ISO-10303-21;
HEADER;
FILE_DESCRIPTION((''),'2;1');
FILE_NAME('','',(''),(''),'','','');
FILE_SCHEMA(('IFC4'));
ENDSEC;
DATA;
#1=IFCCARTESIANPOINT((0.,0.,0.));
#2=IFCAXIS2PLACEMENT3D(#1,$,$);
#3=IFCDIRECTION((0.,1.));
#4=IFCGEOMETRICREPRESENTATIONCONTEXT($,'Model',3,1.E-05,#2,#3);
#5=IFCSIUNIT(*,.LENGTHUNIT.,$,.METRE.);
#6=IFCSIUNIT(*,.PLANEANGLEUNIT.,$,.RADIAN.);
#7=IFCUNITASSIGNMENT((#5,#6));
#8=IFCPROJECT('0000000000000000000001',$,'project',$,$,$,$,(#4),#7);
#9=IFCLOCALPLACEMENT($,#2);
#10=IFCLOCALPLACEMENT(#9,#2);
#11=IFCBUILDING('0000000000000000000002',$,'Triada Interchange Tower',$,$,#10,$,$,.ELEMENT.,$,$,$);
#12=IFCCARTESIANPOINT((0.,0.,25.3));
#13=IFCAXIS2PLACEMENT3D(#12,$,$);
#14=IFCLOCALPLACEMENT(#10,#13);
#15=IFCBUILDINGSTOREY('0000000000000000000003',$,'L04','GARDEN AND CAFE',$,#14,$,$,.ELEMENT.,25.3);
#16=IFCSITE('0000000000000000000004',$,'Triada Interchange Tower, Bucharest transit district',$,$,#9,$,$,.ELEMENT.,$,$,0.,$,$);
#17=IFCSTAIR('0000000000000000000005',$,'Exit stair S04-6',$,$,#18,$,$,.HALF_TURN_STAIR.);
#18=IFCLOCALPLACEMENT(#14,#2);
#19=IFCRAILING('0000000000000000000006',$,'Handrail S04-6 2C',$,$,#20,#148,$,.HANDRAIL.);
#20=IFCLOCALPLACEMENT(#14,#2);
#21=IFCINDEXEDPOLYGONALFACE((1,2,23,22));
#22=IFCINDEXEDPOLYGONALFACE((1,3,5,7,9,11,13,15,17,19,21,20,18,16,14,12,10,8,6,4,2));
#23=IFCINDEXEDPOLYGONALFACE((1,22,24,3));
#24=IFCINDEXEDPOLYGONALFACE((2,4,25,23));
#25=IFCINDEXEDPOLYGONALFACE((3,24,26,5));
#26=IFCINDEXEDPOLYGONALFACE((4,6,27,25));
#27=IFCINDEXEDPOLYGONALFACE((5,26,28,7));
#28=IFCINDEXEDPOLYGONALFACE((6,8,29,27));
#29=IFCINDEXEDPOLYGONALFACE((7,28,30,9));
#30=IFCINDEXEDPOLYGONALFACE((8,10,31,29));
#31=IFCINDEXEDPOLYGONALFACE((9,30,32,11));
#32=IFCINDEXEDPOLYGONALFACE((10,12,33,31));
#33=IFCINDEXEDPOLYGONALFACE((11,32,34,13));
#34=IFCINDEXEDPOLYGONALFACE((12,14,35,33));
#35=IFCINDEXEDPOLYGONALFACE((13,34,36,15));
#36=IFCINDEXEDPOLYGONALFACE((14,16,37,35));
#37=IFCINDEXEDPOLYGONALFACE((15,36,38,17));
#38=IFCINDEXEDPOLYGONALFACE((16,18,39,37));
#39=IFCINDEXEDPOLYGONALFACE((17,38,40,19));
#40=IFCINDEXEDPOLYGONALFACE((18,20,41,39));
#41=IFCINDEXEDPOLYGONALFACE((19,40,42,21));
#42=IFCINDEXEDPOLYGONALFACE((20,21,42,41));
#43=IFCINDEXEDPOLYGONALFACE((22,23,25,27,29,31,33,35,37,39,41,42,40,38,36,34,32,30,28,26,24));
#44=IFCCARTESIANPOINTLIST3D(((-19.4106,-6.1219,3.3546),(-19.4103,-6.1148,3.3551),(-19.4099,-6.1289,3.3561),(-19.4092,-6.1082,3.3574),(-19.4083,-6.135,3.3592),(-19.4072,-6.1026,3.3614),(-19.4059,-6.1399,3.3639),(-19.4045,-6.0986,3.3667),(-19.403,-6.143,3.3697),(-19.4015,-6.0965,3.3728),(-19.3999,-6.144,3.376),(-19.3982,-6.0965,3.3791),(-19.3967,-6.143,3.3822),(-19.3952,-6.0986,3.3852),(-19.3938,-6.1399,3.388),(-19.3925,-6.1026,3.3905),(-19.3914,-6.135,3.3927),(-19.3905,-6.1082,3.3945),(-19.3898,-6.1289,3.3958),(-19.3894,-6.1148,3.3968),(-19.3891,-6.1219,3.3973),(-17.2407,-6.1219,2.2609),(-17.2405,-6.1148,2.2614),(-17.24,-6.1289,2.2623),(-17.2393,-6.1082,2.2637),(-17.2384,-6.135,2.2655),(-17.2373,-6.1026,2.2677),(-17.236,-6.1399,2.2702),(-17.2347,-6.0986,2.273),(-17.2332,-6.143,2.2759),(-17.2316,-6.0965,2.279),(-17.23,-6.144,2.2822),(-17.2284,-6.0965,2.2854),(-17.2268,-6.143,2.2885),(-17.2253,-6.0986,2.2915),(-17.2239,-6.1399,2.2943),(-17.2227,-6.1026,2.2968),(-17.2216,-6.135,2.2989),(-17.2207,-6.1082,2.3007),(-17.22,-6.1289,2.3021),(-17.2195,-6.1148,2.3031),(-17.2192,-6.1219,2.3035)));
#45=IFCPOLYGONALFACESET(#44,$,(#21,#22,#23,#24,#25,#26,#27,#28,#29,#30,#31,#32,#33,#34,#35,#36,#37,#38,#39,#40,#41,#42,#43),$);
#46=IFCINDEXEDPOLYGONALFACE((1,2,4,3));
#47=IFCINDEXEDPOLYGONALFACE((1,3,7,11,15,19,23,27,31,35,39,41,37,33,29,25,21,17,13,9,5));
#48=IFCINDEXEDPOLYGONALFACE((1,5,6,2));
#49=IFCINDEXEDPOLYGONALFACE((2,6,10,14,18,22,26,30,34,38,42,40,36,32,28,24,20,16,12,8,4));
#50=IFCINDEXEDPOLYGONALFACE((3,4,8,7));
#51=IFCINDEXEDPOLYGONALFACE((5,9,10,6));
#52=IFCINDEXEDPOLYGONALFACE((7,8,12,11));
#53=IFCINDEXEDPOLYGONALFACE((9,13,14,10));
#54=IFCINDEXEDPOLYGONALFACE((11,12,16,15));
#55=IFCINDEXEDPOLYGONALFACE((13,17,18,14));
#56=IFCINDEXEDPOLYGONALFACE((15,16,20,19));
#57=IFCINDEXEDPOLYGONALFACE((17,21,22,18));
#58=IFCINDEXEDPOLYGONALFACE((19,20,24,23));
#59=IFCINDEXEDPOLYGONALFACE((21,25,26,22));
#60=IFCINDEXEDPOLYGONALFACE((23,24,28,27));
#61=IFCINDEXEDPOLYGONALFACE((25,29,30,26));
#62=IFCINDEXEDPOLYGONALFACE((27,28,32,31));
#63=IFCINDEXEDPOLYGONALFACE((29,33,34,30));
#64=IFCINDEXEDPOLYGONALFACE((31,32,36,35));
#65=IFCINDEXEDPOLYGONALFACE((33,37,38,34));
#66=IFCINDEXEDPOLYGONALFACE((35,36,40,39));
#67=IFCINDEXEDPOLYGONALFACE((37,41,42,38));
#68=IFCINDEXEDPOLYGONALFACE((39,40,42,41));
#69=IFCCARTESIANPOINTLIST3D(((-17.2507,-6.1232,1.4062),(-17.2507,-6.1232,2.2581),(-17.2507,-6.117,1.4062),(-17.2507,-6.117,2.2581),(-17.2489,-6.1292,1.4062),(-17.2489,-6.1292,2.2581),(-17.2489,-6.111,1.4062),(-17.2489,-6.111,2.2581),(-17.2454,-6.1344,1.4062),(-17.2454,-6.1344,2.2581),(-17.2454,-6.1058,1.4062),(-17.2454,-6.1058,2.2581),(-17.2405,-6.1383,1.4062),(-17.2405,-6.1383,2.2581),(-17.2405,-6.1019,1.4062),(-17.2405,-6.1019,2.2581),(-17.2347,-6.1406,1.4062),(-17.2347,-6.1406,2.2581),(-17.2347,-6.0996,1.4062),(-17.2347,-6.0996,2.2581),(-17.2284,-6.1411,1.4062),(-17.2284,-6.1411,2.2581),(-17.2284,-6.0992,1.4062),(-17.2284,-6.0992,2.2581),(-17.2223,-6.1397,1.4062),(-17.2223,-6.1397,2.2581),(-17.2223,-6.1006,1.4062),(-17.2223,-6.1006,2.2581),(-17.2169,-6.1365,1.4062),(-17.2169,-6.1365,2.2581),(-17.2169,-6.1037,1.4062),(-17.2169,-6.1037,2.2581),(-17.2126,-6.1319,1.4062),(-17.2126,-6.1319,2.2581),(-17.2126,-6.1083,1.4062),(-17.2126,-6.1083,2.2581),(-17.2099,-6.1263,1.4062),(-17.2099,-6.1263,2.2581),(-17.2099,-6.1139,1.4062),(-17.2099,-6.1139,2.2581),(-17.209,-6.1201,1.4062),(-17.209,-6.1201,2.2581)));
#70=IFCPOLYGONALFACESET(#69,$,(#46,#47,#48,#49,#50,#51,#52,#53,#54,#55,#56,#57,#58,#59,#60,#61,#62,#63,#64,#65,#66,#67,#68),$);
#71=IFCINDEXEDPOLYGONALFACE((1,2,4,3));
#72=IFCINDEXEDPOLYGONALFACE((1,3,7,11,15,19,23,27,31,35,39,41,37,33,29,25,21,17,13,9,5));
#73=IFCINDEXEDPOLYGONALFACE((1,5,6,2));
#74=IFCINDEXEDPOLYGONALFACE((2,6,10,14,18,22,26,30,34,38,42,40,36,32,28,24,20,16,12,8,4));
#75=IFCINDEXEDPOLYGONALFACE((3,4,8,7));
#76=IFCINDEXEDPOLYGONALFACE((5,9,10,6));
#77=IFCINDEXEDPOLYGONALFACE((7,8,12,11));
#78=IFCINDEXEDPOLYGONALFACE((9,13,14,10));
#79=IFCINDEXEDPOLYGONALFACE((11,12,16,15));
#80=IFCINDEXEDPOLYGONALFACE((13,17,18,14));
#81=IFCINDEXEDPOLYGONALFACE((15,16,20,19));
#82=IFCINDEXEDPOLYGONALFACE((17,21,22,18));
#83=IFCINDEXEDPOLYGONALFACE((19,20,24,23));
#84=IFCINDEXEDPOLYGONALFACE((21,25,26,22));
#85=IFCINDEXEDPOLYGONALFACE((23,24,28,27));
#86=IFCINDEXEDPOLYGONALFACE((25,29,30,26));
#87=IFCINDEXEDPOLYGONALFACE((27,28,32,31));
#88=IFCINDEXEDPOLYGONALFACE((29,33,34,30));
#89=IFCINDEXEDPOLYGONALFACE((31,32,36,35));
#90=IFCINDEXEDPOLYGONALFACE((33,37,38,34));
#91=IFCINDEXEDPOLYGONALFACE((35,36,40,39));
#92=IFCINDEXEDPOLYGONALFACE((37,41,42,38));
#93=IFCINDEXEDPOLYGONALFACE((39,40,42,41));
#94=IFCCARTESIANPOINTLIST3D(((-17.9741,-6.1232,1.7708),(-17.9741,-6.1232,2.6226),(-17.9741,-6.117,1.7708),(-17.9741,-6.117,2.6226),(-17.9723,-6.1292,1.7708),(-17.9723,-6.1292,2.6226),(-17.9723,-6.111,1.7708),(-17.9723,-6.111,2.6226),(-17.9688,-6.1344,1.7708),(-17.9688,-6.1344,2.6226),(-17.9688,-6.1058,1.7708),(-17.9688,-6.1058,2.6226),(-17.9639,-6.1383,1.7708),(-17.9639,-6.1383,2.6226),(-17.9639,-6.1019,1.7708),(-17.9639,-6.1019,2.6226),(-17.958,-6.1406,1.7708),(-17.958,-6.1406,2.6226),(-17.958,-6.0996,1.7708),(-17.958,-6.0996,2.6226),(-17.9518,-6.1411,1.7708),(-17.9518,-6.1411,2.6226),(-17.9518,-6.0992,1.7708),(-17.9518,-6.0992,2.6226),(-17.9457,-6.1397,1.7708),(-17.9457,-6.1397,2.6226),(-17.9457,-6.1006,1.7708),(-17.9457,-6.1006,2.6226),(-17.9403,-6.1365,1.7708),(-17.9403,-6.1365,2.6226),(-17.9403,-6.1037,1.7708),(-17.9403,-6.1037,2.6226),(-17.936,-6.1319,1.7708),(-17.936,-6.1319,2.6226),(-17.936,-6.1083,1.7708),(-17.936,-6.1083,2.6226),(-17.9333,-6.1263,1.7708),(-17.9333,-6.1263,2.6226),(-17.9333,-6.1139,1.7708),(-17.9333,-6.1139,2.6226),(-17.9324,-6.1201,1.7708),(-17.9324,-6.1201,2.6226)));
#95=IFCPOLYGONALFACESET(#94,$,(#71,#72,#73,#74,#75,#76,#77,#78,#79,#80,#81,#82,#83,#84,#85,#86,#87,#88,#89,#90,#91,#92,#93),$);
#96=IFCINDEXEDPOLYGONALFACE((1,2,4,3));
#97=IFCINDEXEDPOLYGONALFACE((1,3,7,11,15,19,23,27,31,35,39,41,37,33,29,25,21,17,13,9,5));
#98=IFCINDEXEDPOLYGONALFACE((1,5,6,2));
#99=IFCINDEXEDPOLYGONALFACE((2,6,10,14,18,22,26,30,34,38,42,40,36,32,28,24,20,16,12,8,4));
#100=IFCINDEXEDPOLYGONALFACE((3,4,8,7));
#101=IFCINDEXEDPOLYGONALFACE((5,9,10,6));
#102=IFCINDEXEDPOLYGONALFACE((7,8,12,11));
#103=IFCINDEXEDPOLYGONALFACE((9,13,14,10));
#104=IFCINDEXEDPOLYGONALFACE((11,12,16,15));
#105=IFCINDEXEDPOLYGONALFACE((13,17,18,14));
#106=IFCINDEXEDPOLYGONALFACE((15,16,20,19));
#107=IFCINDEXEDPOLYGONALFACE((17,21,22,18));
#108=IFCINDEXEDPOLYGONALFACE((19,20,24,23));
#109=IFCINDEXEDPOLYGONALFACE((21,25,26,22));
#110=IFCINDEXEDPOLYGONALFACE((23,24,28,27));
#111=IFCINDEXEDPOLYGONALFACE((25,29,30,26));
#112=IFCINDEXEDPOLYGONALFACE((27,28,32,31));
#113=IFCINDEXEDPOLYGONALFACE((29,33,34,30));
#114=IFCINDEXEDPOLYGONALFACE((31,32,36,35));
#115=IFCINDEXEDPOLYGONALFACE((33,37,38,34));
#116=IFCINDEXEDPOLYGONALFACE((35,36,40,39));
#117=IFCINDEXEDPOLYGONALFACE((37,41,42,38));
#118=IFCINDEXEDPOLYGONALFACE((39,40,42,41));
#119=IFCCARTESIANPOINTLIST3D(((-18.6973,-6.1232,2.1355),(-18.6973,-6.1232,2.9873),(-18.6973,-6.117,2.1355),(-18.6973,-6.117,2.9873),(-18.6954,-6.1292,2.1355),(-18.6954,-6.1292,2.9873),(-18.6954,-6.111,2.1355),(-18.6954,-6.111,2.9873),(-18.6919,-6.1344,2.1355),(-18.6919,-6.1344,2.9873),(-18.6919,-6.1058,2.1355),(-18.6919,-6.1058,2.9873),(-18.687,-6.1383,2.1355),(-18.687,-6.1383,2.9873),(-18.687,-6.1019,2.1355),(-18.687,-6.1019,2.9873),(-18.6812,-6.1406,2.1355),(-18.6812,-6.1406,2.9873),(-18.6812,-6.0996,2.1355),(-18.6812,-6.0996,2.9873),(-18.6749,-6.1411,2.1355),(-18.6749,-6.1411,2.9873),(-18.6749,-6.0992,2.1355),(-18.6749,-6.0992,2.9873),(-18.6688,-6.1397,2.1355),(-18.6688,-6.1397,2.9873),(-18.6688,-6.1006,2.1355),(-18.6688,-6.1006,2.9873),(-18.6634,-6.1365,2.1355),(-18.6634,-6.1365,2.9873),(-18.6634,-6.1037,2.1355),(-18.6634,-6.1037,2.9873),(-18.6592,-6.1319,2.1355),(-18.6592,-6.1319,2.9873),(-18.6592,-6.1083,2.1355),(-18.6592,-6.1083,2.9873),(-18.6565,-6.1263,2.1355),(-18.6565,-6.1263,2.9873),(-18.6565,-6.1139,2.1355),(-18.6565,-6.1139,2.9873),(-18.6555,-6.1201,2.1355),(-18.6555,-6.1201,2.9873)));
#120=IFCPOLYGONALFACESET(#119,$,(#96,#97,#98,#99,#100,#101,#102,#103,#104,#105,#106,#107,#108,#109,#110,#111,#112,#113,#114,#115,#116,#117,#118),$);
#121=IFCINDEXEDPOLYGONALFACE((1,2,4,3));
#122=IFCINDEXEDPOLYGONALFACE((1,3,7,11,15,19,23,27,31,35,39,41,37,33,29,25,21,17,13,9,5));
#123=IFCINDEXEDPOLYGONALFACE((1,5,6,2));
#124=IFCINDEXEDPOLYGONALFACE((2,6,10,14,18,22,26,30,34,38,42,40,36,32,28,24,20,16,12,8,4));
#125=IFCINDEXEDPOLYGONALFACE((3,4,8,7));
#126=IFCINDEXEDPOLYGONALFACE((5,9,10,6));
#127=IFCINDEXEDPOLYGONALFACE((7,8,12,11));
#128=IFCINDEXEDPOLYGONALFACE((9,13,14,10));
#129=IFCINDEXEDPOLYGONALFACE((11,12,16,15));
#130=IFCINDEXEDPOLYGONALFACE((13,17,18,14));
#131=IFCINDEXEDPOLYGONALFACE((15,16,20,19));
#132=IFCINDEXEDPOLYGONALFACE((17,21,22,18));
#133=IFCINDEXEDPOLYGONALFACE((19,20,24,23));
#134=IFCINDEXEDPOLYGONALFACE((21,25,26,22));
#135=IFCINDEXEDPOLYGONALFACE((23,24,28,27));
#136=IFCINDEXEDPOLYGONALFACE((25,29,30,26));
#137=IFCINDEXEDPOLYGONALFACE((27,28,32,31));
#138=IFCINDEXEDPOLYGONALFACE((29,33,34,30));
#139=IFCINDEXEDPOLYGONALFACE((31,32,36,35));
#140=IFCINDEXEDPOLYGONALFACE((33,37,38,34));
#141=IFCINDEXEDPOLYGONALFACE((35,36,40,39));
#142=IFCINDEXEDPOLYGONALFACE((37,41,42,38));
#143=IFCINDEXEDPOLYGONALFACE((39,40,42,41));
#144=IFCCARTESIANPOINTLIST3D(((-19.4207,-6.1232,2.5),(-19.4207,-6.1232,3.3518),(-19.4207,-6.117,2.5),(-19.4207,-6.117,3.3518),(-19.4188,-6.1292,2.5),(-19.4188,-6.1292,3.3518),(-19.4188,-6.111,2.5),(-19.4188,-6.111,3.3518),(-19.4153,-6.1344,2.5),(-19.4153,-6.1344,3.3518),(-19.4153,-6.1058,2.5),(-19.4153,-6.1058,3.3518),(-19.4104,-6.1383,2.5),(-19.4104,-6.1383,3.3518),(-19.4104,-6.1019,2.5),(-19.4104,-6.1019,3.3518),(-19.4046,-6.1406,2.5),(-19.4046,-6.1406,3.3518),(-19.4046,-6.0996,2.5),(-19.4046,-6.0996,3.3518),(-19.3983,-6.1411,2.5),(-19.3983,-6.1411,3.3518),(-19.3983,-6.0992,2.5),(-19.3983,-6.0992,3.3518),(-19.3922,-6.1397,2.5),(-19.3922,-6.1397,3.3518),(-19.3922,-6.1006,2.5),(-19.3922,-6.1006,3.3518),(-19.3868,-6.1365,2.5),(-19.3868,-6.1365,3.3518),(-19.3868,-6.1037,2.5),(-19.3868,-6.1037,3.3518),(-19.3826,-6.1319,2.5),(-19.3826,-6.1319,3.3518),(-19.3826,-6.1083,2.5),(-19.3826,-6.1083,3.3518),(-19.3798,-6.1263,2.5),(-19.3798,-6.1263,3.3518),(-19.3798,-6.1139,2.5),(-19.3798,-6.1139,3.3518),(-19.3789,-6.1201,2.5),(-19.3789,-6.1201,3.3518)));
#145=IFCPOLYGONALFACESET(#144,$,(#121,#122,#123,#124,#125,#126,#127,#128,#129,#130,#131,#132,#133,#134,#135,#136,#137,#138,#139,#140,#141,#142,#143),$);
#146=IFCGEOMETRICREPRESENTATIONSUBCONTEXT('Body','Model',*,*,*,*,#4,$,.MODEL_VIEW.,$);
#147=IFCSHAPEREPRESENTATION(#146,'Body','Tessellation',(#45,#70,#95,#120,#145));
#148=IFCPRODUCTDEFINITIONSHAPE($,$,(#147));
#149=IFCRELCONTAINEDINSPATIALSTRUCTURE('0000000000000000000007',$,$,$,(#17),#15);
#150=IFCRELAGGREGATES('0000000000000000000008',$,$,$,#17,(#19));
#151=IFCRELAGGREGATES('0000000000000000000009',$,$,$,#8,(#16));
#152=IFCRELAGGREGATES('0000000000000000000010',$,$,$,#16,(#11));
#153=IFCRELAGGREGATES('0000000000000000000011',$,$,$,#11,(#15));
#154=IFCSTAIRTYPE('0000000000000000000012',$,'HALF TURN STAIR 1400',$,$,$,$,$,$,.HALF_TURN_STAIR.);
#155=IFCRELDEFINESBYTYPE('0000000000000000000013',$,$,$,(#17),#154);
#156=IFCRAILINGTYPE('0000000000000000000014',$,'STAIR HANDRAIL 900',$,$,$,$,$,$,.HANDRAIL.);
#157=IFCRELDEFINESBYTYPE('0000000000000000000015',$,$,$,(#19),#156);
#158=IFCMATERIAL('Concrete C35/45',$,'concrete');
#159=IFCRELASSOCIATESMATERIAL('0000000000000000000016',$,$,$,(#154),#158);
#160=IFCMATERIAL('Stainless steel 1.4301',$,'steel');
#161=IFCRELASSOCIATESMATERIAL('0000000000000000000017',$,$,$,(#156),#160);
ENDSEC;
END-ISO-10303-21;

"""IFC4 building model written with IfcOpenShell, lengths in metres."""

from ifc_helpers import new_model, si_unit, direction, frame, origin, origin_2d, place, context, subcontext, project, spatial, circle, extrude, material, type_object, element, aggregate, save


model = new_model("IFC4")

# Units and contexts
model_context = context("Model", 3, precision=1e-05, world=origin(), true_north=direction((0.0, 1.0)))
body_context = subcontext(model_context, "Body", "Model", "MODEL_VIEW")
ifc_project = project(units=[si_unit("LENGTHUNIT", "METRE"), si_unit("PLANEANGLEUNIT", "RADIAN")], contexts=[model_context])

# Site, building, storey
site_placement = place(None, origin())
site = spatial("IfcSite", under=ifc_project, at=site_placement, Name="Triada Interchange Tower, Bucharest transit district", CompositionType="ELEMENT", RefElevation=0.0)
building_placement = place(site_placement, origin())
building = spatial("IfcBuilding", under=site, at=building_placement, Name="Triada Interchange Tower", CompositionType="ELEMENT")
storey_placement = place(building_placement, frame((0.0, 0.0, 25.3)))
storey = spatial("IfcBuildingStorey", under=building, at=storey_placement, Name="L04", Description="GARDEN AND CAFE", CompositionType="ELEMENT", Elevation=25.3)

# Stair, railing
ifc_material_1 = material(Name="Concrete C35/45", Category="concrete")
stair_type = type_object("IfcStairType", Name="HALF TURN STAIR 1400", PredefinedType="HALF_TURN_STAIR", material=ifc_material_1)
stair_placement = place(storey_placement, origin())
stair = element("IfcStair", 1, at=stair_placement, inside=storey, type_object=stair_type, Name="Exit stair S04-6", PredefinedType="HALF_TURN_STAIR")
ifc_material_2 = material(Name="Stainless steel 1.4301", Category="steel")
railing_type = type_object("IfcRailingType", Name="STAIR HANDRAIL 900", PredefinedType="HANDRAIL", material=ifc_material_2)
railing_1_placement = place(storey_placement, frame((-17.23, -6.1201, 1.4062)))
railing_1 = element("IfcRailing", 2, at=railing_1_placement, type_object=railing_type, Name="Handrail S04-6 2C", PredefinedType="HANDRAIL", context=body_context, shape_type="SweptSolid", body=[
    extrude(circle(Radius=0.0239, at=origin_2d()), frame((0.0, 0.0, 0.876), z_axis=(-0.892976, 0.0, 0.450105), x_axis=(0.0, -1.0, 0.0)), (0.0, 0.0, 1.0), 2.4299),
    extrude(circle(Radius=0.021, at=origin_2d()), origin(), (0.0, 0.0, 1.0), 0.8518),
    extrude(circle(Radius=0.021, at=origin_2d()), frame((-0.7234, 0.0, 0.3645)), (0.0, 0.0, 1.0), 0.8518),
    extrude(circle(Radius=0.021, at=origin_2d()), frame((-1.4465, 0.0, 0.7292)), (0.0, 0.0, 1.0), 0.8518),
    extrude(circle(Radius=0.021, at=origin_2d()), frame((-2.1699, 0.0, 1.0938)), (0.0, 0.0, 1.0), 0.8518),
])
aggregate(stair, [railing_1])

save(model, "model.ifc")
